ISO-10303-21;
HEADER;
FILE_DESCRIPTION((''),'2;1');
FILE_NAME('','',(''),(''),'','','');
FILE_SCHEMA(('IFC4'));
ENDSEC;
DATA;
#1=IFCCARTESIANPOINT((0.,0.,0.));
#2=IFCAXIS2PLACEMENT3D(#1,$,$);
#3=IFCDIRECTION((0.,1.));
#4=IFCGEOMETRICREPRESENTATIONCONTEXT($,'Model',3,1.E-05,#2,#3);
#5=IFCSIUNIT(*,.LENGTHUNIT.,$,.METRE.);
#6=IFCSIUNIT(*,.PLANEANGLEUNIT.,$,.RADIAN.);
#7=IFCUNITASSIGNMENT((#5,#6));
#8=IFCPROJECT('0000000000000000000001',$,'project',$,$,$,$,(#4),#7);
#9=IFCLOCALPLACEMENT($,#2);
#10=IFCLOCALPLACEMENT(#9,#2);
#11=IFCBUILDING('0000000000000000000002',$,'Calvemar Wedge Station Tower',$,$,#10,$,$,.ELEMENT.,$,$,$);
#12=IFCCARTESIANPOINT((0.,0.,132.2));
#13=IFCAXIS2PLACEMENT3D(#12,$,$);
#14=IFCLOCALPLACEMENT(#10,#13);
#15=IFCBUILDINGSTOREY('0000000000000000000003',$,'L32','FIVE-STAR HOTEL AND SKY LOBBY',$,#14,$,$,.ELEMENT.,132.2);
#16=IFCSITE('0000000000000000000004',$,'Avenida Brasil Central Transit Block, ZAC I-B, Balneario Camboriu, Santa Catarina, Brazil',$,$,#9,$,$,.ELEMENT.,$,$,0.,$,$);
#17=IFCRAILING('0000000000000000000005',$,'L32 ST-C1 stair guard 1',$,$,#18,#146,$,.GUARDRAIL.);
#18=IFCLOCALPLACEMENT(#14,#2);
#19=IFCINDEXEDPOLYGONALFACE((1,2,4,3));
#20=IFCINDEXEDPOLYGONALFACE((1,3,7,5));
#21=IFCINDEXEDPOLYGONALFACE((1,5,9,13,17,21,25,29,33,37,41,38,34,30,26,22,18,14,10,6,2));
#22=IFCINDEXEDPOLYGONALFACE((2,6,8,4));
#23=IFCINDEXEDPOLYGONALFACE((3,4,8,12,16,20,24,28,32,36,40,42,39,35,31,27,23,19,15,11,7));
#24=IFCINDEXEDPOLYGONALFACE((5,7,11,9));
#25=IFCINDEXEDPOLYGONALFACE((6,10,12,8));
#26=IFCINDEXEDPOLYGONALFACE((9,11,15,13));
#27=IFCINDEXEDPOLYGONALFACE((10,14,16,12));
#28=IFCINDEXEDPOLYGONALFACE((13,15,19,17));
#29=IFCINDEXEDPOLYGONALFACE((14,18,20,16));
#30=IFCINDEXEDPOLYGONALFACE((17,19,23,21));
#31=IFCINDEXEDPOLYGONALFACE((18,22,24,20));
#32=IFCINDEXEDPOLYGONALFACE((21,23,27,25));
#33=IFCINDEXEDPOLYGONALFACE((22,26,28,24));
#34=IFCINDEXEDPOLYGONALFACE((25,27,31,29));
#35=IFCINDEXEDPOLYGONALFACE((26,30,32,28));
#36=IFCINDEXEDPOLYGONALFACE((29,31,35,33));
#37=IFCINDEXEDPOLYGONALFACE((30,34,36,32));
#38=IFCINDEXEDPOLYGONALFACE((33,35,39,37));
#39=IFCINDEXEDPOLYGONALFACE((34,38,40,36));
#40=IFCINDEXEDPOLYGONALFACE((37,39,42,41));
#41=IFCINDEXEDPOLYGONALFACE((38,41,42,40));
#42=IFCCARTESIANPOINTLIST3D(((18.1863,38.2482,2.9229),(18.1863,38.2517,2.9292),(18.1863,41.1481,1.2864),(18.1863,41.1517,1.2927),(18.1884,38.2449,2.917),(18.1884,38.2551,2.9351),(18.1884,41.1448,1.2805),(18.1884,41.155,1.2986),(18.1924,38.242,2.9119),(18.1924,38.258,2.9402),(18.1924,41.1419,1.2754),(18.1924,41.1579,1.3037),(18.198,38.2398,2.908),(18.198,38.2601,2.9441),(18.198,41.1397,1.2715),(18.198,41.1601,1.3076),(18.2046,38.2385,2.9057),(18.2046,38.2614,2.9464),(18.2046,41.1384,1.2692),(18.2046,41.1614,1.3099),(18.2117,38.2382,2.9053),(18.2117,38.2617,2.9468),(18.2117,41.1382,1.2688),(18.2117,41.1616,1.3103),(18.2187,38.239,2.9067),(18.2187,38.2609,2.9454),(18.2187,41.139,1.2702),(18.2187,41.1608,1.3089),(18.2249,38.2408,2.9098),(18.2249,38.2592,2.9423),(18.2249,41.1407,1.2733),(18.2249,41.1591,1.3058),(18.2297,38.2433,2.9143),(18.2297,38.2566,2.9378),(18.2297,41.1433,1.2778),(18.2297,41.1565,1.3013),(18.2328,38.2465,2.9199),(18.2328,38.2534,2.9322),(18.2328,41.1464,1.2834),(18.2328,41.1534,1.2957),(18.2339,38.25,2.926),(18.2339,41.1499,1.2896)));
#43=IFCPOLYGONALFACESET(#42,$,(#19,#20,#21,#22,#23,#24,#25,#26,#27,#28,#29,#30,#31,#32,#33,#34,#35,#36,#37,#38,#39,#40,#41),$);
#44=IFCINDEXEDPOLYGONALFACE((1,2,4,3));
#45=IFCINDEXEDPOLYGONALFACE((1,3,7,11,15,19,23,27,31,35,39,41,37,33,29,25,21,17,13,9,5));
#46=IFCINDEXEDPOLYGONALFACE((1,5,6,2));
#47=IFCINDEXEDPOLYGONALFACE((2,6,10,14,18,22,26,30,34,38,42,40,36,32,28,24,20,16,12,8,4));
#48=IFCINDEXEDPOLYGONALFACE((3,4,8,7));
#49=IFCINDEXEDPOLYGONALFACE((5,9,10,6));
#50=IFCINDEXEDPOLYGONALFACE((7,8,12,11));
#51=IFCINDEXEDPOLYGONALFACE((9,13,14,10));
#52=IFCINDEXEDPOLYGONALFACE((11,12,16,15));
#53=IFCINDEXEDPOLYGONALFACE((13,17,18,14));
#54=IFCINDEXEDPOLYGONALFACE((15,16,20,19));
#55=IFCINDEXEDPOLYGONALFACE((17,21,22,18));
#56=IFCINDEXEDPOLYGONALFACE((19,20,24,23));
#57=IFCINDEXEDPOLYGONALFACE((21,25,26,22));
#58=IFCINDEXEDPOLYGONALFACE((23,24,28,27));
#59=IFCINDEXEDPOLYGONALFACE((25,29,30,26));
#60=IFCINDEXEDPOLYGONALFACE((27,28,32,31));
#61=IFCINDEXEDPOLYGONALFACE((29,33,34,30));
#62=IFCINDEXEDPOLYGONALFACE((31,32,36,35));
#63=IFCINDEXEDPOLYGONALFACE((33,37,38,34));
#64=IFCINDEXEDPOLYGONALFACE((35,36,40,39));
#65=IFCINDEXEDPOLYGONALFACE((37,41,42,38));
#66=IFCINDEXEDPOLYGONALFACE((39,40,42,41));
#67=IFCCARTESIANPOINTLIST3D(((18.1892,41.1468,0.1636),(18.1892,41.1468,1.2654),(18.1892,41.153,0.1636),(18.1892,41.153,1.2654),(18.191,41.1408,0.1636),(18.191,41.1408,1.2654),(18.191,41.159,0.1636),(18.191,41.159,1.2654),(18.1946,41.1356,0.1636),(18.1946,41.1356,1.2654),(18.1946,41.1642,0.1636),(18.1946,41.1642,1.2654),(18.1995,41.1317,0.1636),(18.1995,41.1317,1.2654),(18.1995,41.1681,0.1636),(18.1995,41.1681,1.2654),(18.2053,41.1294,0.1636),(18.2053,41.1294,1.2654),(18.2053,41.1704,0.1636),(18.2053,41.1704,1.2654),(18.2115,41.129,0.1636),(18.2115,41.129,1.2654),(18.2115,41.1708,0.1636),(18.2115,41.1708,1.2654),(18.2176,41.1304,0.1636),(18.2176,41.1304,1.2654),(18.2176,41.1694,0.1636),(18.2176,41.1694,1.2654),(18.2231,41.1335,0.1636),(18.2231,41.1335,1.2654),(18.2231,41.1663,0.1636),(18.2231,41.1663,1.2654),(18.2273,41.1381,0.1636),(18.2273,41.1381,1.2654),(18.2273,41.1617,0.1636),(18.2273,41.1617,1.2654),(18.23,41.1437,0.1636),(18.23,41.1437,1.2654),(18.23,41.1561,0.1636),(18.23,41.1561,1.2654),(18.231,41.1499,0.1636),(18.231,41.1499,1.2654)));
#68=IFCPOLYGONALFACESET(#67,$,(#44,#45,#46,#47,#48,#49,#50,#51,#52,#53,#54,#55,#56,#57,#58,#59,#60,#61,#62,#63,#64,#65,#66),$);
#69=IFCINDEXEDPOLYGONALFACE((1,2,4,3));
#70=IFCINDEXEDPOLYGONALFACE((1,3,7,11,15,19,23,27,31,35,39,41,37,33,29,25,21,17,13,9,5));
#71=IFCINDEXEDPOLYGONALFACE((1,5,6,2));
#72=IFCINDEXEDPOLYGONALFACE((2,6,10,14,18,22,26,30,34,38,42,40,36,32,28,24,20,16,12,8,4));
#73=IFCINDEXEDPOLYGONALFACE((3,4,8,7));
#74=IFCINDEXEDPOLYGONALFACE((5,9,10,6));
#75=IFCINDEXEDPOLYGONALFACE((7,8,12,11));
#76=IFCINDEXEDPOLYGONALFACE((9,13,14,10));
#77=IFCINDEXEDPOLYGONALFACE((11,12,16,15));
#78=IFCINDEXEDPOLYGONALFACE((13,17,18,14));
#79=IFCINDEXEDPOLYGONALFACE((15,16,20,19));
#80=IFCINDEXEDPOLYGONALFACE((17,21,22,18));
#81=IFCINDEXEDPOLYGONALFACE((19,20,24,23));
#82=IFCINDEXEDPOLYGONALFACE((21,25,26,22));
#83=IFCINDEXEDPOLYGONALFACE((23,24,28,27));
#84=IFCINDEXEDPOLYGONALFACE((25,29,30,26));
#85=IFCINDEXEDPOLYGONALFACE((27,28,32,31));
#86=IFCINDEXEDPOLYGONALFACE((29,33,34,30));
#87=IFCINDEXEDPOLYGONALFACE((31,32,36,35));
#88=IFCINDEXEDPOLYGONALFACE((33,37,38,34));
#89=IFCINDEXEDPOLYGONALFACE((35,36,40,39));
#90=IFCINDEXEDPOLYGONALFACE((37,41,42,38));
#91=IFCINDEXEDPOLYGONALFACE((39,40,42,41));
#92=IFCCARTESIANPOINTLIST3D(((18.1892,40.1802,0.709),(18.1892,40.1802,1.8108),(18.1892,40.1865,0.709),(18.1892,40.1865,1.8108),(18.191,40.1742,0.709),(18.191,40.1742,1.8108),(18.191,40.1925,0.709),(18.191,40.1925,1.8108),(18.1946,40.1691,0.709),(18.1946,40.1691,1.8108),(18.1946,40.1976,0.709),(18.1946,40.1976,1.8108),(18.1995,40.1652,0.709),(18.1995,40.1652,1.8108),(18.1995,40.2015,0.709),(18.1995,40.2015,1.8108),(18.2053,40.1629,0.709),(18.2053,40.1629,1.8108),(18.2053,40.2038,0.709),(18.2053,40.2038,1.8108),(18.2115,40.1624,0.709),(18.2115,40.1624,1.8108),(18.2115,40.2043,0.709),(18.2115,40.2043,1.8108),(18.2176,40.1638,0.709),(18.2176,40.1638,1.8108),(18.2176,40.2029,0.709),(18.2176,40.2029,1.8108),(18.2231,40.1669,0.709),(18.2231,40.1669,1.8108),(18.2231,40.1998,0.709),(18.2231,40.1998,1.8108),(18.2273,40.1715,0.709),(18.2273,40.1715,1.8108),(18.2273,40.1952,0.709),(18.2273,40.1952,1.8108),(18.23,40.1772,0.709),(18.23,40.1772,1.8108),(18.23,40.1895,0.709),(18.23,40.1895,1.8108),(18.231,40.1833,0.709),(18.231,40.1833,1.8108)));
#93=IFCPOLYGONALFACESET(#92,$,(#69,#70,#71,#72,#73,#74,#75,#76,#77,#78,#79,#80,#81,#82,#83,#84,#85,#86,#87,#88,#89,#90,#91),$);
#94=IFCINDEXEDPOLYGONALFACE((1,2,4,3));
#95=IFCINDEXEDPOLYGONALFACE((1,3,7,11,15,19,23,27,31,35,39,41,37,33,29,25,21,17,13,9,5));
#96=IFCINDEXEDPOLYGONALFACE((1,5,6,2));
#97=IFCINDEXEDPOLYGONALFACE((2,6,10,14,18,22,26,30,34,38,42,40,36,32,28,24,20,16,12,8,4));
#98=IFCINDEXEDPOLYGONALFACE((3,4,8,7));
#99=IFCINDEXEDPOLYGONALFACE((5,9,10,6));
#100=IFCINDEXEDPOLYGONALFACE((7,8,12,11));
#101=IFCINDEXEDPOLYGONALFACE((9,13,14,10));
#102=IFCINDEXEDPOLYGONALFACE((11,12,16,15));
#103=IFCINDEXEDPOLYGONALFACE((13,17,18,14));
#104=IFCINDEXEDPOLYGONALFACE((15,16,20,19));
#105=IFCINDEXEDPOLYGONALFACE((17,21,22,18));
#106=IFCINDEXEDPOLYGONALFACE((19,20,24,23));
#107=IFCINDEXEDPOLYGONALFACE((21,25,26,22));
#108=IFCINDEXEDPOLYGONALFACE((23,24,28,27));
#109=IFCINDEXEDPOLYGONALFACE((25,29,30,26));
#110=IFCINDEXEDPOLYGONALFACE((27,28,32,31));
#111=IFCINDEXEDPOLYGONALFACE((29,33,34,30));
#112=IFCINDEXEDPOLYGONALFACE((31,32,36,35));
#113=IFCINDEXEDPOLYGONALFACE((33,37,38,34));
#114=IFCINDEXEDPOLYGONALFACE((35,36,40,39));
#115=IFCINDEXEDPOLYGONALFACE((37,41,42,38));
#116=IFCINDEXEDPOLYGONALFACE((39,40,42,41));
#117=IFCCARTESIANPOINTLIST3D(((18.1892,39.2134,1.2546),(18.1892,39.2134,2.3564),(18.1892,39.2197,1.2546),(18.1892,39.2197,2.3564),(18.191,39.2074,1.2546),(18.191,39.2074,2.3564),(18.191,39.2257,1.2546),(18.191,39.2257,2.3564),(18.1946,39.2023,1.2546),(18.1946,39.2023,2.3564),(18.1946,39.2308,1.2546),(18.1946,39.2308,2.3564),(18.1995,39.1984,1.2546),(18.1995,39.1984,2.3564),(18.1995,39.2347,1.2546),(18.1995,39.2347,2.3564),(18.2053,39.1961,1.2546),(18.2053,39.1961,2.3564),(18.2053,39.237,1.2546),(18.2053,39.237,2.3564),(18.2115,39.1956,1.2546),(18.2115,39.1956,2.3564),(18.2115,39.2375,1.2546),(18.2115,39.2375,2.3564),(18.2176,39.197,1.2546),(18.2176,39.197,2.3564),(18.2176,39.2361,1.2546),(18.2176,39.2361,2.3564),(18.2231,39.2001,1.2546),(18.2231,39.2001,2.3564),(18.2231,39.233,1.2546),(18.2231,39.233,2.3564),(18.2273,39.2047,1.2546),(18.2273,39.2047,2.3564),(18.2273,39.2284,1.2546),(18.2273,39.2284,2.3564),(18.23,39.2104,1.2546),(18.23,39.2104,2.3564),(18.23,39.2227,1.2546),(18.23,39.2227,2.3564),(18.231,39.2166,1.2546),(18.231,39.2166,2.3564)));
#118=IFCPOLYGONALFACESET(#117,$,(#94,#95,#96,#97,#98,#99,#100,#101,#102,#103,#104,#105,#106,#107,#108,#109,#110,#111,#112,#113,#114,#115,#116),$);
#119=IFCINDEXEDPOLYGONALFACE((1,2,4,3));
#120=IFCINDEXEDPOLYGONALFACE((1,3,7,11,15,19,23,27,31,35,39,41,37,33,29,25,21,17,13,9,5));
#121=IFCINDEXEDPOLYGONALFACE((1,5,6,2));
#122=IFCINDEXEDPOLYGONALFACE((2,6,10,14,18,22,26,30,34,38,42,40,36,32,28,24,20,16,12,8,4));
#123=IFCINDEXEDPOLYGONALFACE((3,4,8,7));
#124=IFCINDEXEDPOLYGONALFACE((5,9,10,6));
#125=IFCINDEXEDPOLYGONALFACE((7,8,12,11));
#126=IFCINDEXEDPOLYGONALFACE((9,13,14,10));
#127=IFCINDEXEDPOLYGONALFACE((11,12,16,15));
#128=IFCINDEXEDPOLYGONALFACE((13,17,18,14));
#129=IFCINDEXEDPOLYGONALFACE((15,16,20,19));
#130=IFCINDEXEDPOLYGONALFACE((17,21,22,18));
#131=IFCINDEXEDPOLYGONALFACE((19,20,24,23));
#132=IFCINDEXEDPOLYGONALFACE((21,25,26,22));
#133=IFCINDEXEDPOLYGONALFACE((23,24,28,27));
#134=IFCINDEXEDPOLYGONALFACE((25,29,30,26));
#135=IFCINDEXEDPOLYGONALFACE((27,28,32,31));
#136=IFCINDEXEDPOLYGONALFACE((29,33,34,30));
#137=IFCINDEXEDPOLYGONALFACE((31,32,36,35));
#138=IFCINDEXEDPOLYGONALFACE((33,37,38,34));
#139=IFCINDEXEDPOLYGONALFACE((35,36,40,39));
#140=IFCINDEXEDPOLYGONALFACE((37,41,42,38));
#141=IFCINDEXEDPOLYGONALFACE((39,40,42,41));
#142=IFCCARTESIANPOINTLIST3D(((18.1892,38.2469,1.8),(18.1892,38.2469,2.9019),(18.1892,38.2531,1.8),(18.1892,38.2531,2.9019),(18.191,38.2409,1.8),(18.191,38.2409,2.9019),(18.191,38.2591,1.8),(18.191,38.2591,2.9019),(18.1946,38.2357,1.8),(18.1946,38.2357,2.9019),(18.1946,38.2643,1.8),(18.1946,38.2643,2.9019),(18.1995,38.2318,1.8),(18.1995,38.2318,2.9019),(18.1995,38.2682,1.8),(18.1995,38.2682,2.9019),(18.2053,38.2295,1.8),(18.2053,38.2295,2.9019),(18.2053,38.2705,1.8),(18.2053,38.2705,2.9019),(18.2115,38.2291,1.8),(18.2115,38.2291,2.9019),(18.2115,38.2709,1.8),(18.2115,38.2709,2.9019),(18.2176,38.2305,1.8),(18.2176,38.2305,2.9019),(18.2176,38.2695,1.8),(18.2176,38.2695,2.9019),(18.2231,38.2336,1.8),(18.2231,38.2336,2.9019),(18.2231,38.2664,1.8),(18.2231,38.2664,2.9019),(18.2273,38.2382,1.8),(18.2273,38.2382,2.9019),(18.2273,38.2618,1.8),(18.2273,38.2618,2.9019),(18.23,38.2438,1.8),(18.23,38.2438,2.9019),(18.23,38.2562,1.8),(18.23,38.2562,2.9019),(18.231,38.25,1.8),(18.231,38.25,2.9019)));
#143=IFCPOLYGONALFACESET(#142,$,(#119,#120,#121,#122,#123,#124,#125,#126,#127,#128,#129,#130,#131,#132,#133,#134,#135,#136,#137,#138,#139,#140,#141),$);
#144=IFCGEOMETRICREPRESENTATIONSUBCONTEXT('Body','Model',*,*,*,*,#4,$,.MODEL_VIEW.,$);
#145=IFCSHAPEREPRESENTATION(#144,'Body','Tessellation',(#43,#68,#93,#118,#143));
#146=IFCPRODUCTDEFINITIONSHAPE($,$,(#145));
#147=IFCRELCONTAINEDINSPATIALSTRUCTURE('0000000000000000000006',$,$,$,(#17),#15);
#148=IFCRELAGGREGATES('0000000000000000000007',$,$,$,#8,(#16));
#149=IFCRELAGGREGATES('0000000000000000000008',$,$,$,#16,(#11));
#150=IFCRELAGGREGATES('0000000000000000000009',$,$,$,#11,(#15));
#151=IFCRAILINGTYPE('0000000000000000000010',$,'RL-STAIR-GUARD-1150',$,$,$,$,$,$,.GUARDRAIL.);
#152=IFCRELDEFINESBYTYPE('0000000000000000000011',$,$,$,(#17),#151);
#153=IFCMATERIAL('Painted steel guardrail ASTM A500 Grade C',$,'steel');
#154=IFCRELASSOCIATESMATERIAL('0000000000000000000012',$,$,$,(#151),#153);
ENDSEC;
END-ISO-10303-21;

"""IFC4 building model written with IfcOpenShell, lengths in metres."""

from ifc_helpers import new_model, si_unit, direction, frame, origin, origin_2d, place, context, subcontext, project, spatial, circle, extrude, material, type_object, element, save


model = new_model("IFC4")

# Units and contexts
model_context = context("Model", 3, precision=1e-05, world=origin(), true_north=direction((0.0, 1.0)))
body_context = subcontext(model_context, "Body", "Model", "MODEL_VIEW")
ifc_project = project(units=[si_unit("LENGTHUNIT", "METRE"), si_unit("PLANEANGLEUNIT", "RADIAN")], contexts=[model_context])

# Site, building, storey
site_placement = place(None, origin())
site = spatial("IfcSite", under=ifc_project, at=site_placement, Name="Avenida Brasil Central Transit Block, ZAC I-B, Balneario Camboriu, Santa Catarina, Brazil", CompositionType="ELEMENT", RefElevation=0.0)
building_placement = place(site_placement, origin())
building = spatial("IfcBuilding", under=site, at=building_placement, Name="Calvemar Wedge Station Tower", CompositionType="ELEMENT")
storey_placement = place(building_placement, frame((0.0, 0.0, 132.2)))
storey = spatial("IfcBuildingStorey", under=building, at=storey_placement, Name="L32", Description="FIVE-STAR HOTEL AND SKY LOBBY", CompositionType="ELEMENT", Elevation=132.2)

# Railing
ifc_material_1 = material(Name="Painted steel guardrail ASTM A500 Grade C", Category="steel")
railing_type_1 = type_object("IfcRailingType", Name="RL-STAIR-GUARD-1150", PredefinedType="GUARDRAIL", material=ifc_material_1)
railing_1_placement = place(storey_placement, frame((18.21, 41.1499, 0.1636)))
element("IfcRailing", 1, at=railing_1_placement, inside=storey, type_object=railing_type_1, Name="L32 ST-C1 stair guard 1", PredefinedType="GUARDRAIL", context=body_context, shape_type="SweptSolid", body=[
    extrude(circle(Radius=0.0239, at=origin_2d()), frame((0.0, 0.0, 1.126), z_axis=(0.0, -0.870897, 0.491465), x_axis=(1.0, 0.0, 0.0)), (0.0, 0.0, 1.0), 3.3298),
    extrude(circle(Radius=0.021, at=origin_2d()), origin(), (0.0, 0.0, 1.0), 1.1018),
    extrude(circle(Radius=0.021, at=origin_2d()), frame((0.0, -0.9666, 0.5454)), (0.0, 0.0, 1.0), 1.1018),
    extrude(circle(Radius=0.021, at=origin_2d()), frame((0.0, -1.9333, 1.0911)), (0.0, 0.0, 1.0), 1.1018),
    extrude(circle(Radius=0.021, at=origin_2d()), frame((0.0, -2.8999, 1.6365)), (0.0, 0.0, 1.0), 1.1018),
])

save(model, "model.ifc")
